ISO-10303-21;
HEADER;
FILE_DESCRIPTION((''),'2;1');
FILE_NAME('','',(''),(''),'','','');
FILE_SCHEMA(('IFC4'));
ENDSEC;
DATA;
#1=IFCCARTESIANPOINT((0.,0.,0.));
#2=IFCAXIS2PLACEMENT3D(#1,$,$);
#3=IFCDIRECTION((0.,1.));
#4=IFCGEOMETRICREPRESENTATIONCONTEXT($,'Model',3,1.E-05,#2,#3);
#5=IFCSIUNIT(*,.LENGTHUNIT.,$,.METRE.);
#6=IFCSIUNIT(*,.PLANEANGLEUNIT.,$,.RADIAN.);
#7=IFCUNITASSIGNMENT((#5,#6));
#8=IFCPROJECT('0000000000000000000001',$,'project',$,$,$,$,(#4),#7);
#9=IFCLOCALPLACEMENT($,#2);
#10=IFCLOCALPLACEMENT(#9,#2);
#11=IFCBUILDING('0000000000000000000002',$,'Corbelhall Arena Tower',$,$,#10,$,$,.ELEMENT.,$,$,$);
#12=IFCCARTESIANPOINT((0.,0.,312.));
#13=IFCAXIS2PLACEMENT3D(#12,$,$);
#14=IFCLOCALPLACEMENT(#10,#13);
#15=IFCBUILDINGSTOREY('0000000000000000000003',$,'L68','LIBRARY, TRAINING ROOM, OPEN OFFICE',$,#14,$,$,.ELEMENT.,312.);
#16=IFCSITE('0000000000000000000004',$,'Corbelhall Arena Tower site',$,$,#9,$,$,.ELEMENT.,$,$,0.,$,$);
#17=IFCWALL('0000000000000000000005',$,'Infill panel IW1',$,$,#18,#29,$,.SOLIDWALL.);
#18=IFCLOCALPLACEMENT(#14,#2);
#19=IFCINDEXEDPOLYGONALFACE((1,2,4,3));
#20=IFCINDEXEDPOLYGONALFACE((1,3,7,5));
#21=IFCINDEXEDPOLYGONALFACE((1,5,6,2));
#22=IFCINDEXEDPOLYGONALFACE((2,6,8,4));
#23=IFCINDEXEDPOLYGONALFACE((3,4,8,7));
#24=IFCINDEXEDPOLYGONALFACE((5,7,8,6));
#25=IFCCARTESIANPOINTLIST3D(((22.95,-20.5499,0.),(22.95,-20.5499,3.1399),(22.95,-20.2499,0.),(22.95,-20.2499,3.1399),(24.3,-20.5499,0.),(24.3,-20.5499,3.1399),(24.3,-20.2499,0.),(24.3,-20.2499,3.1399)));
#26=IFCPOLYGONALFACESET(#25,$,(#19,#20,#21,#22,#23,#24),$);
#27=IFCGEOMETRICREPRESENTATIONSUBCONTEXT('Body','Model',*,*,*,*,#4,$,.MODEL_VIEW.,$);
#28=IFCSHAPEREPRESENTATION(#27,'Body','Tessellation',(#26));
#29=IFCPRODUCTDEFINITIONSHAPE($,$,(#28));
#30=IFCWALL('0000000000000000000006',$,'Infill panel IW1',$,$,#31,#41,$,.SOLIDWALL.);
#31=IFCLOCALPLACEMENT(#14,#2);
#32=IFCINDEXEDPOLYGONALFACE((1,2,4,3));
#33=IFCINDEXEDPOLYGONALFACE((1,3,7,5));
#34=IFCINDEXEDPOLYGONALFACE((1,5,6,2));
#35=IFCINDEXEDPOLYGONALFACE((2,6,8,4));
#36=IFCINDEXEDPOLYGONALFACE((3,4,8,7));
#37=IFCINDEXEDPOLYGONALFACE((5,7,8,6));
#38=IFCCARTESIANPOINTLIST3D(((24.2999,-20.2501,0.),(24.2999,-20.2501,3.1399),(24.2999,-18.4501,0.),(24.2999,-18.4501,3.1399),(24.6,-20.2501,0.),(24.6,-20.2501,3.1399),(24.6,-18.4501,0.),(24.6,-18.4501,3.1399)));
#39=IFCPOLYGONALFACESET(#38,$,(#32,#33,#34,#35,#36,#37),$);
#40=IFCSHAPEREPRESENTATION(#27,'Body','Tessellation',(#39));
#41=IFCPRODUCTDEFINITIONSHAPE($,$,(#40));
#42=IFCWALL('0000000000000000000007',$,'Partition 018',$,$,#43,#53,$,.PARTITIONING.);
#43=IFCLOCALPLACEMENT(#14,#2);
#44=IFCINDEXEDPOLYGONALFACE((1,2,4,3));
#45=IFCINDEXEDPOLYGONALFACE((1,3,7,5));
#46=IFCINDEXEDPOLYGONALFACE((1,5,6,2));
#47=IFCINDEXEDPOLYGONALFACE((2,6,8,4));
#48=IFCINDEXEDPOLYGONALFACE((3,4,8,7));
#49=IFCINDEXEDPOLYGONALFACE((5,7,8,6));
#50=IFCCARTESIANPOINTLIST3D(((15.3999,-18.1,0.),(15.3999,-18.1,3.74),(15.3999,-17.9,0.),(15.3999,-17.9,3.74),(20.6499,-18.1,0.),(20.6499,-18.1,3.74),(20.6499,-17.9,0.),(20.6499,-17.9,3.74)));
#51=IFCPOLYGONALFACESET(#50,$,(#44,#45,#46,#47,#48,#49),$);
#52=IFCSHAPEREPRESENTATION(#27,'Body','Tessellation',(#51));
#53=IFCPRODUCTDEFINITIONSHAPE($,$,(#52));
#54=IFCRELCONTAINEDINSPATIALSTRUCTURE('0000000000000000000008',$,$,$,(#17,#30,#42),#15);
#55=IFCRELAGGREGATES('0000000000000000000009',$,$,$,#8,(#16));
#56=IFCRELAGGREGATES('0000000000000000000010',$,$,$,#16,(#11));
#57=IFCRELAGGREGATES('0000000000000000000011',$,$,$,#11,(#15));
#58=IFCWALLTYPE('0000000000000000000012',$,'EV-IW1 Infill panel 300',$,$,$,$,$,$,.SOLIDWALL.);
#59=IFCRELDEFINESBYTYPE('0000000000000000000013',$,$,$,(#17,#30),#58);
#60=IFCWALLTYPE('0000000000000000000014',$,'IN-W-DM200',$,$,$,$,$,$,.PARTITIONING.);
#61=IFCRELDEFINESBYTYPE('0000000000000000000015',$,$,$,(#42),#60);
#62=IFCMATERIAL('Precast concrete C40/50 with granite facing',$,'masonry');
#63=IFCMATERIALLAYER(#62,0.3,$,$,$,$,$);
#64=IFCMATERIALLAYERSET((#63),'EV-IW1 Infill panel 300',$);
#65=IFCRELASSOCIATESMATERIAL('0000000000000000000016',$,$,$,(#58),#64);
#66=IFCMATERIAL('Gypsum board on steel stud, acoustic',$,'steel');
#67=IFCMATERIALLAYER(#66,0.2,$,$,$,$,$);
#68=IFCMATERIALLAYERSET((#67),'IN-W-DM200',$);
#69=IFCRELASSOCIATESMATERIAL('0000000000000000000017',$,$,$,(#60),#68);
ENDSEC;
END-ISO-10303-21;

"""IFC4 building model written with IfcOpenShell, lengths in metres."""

from ifc_helpers import new_model, si_unit, direction, frame, frame_2d, origin, place, context, subcontext, project, spatial, rectangle, extrude, material, layer, layer_set, type_object, element, save


model = new_model("IFC4")

# Units and contexts
model_context = context("Model", 3, precision=1e-05, world=origin(), true_north=direction((0.0, 1.0)))
body_context = subcontext(model_context, "Body", "Model", "MODEL_VIEW")
ifc_project = project(units=[si_unit("LENGTHUNIT", "METRE"), si_unit("PLANEANGLEUNIT", "RADIAN")], contexts=[model_context])

# Site, building, storey
site_placement = place(None, origin())
site = spatial("IfcSite", under=ifc_project, at=site_placement, Name="Corbelhall Arena Tower site", CompositionType="ELEMENT", RefElevation=0.0)
building_placement = place(site_placement, origin())
building = spatial("IfcBuilding", under=site, at=building_placement, Name="Corbelhall Arena Tower", CompositionType="ELEMENT")
storey_placement = place(building_placement, frame((0.0, 0.0, 312.0)))
storey = spatial("IfcBuildingStorey", under=building, at=storey_placement, Name="L68", Description="LIBRARY, TRAINING ROOM, OPEN OFFICE", CompositionType="ELEMENT", Elevation=312.0)

# Shared definitions
ifc_material_1 = material(Name="Precast concrete C40/50 with granite facing", Category="masonry")
ifc_layer_1 = layer(ifc_material_1, 0.3)
ifc_layer_set_1 = layer_set([ifc_layer_1], Name="EV-IW1 Infill panel 300")
wall_type_1 = type_object("IfcWallType", Name="EV-IW1 Infill panel 300", PredefinedType="SOLIDWALL", material=ifc_layer_set_1)

# Walls
wall_1_placement = place(storey_placement, frame((22.95, -20.3999, 0.0), z_axis=(0.0, 0.0, 1.0), x_axis=(1.0, 0.0, 0.0)))
element("IfcWall", 1, at=wall_1_placement, inside=storey, type_object=wall_type_1, Name="Infill panel IW1", PredefinedType="SOLIDWALL", context=body_context, shape_type="SweptSolid", body=[
    extrude(rectangle(XDim=1.3501, YDim=0.3, at=frame_2d((0.675, 0.0))), origin(), (0.0, 0.0, 1.0), 3.1399),
])
wall_2_placement = place(storey_placement, frame((24.45, -20.25, 0.0), z_axis=(0.0, 0.0, 1.0), x_axis=(0.0, 1.0, 0.0)))
element("IfcWall", 2, at=wall_2_placement, inside=storey, type_object=wall_type_1, Name="Infill panel IW1", PredefinedType="SOLIDWALL", context=body_context, shape_type="SweptSolid", body=[
    extrude(rectangle(XDim=1.8, YDim=0.3, at=frame_2d((0.8999, 0.0))), origin(), (0.0, 0.0, 1.0), 3.1399),
])

# Shared definitions
ifc_material_2 = material(Name="Gypsum board on steel stud, acoustic", Category="steel")
ifc_layer_2 = layer(ifc_material_2, 0.2)
ifc_layer_set_2 = layer_set([ifc_layer_2], Name="IN-W-DM200")
wall_type_2 = type_object("IfcWallType", Name="IN-W-DM200", PredefinedType="PARTITIONING", material=ifc_layer_set_2)

# Wall
wall_3_placement = place(storey_placement, frame((15.3999, -18.0, 0.0), z_axis=(0.0, 0.0, 1.0), x_axis=(1.0, 0.0, 0.0)))
element("IfcWall", 3, at=wall_3_placement, inside=storey, type_object=wall_type_2, Name="Partition 018", PredefinedType="PARTITIONING", context=body_context, shape_type="SweptSolid", body=[
    extrude(rectangle(XDim=5.25, YDim=0.2, at=frame_2d((2.625, 0.0))), origin(), (0.0, 0.0, 1.0), 3.74),
])

save(model, "model.ifc")
